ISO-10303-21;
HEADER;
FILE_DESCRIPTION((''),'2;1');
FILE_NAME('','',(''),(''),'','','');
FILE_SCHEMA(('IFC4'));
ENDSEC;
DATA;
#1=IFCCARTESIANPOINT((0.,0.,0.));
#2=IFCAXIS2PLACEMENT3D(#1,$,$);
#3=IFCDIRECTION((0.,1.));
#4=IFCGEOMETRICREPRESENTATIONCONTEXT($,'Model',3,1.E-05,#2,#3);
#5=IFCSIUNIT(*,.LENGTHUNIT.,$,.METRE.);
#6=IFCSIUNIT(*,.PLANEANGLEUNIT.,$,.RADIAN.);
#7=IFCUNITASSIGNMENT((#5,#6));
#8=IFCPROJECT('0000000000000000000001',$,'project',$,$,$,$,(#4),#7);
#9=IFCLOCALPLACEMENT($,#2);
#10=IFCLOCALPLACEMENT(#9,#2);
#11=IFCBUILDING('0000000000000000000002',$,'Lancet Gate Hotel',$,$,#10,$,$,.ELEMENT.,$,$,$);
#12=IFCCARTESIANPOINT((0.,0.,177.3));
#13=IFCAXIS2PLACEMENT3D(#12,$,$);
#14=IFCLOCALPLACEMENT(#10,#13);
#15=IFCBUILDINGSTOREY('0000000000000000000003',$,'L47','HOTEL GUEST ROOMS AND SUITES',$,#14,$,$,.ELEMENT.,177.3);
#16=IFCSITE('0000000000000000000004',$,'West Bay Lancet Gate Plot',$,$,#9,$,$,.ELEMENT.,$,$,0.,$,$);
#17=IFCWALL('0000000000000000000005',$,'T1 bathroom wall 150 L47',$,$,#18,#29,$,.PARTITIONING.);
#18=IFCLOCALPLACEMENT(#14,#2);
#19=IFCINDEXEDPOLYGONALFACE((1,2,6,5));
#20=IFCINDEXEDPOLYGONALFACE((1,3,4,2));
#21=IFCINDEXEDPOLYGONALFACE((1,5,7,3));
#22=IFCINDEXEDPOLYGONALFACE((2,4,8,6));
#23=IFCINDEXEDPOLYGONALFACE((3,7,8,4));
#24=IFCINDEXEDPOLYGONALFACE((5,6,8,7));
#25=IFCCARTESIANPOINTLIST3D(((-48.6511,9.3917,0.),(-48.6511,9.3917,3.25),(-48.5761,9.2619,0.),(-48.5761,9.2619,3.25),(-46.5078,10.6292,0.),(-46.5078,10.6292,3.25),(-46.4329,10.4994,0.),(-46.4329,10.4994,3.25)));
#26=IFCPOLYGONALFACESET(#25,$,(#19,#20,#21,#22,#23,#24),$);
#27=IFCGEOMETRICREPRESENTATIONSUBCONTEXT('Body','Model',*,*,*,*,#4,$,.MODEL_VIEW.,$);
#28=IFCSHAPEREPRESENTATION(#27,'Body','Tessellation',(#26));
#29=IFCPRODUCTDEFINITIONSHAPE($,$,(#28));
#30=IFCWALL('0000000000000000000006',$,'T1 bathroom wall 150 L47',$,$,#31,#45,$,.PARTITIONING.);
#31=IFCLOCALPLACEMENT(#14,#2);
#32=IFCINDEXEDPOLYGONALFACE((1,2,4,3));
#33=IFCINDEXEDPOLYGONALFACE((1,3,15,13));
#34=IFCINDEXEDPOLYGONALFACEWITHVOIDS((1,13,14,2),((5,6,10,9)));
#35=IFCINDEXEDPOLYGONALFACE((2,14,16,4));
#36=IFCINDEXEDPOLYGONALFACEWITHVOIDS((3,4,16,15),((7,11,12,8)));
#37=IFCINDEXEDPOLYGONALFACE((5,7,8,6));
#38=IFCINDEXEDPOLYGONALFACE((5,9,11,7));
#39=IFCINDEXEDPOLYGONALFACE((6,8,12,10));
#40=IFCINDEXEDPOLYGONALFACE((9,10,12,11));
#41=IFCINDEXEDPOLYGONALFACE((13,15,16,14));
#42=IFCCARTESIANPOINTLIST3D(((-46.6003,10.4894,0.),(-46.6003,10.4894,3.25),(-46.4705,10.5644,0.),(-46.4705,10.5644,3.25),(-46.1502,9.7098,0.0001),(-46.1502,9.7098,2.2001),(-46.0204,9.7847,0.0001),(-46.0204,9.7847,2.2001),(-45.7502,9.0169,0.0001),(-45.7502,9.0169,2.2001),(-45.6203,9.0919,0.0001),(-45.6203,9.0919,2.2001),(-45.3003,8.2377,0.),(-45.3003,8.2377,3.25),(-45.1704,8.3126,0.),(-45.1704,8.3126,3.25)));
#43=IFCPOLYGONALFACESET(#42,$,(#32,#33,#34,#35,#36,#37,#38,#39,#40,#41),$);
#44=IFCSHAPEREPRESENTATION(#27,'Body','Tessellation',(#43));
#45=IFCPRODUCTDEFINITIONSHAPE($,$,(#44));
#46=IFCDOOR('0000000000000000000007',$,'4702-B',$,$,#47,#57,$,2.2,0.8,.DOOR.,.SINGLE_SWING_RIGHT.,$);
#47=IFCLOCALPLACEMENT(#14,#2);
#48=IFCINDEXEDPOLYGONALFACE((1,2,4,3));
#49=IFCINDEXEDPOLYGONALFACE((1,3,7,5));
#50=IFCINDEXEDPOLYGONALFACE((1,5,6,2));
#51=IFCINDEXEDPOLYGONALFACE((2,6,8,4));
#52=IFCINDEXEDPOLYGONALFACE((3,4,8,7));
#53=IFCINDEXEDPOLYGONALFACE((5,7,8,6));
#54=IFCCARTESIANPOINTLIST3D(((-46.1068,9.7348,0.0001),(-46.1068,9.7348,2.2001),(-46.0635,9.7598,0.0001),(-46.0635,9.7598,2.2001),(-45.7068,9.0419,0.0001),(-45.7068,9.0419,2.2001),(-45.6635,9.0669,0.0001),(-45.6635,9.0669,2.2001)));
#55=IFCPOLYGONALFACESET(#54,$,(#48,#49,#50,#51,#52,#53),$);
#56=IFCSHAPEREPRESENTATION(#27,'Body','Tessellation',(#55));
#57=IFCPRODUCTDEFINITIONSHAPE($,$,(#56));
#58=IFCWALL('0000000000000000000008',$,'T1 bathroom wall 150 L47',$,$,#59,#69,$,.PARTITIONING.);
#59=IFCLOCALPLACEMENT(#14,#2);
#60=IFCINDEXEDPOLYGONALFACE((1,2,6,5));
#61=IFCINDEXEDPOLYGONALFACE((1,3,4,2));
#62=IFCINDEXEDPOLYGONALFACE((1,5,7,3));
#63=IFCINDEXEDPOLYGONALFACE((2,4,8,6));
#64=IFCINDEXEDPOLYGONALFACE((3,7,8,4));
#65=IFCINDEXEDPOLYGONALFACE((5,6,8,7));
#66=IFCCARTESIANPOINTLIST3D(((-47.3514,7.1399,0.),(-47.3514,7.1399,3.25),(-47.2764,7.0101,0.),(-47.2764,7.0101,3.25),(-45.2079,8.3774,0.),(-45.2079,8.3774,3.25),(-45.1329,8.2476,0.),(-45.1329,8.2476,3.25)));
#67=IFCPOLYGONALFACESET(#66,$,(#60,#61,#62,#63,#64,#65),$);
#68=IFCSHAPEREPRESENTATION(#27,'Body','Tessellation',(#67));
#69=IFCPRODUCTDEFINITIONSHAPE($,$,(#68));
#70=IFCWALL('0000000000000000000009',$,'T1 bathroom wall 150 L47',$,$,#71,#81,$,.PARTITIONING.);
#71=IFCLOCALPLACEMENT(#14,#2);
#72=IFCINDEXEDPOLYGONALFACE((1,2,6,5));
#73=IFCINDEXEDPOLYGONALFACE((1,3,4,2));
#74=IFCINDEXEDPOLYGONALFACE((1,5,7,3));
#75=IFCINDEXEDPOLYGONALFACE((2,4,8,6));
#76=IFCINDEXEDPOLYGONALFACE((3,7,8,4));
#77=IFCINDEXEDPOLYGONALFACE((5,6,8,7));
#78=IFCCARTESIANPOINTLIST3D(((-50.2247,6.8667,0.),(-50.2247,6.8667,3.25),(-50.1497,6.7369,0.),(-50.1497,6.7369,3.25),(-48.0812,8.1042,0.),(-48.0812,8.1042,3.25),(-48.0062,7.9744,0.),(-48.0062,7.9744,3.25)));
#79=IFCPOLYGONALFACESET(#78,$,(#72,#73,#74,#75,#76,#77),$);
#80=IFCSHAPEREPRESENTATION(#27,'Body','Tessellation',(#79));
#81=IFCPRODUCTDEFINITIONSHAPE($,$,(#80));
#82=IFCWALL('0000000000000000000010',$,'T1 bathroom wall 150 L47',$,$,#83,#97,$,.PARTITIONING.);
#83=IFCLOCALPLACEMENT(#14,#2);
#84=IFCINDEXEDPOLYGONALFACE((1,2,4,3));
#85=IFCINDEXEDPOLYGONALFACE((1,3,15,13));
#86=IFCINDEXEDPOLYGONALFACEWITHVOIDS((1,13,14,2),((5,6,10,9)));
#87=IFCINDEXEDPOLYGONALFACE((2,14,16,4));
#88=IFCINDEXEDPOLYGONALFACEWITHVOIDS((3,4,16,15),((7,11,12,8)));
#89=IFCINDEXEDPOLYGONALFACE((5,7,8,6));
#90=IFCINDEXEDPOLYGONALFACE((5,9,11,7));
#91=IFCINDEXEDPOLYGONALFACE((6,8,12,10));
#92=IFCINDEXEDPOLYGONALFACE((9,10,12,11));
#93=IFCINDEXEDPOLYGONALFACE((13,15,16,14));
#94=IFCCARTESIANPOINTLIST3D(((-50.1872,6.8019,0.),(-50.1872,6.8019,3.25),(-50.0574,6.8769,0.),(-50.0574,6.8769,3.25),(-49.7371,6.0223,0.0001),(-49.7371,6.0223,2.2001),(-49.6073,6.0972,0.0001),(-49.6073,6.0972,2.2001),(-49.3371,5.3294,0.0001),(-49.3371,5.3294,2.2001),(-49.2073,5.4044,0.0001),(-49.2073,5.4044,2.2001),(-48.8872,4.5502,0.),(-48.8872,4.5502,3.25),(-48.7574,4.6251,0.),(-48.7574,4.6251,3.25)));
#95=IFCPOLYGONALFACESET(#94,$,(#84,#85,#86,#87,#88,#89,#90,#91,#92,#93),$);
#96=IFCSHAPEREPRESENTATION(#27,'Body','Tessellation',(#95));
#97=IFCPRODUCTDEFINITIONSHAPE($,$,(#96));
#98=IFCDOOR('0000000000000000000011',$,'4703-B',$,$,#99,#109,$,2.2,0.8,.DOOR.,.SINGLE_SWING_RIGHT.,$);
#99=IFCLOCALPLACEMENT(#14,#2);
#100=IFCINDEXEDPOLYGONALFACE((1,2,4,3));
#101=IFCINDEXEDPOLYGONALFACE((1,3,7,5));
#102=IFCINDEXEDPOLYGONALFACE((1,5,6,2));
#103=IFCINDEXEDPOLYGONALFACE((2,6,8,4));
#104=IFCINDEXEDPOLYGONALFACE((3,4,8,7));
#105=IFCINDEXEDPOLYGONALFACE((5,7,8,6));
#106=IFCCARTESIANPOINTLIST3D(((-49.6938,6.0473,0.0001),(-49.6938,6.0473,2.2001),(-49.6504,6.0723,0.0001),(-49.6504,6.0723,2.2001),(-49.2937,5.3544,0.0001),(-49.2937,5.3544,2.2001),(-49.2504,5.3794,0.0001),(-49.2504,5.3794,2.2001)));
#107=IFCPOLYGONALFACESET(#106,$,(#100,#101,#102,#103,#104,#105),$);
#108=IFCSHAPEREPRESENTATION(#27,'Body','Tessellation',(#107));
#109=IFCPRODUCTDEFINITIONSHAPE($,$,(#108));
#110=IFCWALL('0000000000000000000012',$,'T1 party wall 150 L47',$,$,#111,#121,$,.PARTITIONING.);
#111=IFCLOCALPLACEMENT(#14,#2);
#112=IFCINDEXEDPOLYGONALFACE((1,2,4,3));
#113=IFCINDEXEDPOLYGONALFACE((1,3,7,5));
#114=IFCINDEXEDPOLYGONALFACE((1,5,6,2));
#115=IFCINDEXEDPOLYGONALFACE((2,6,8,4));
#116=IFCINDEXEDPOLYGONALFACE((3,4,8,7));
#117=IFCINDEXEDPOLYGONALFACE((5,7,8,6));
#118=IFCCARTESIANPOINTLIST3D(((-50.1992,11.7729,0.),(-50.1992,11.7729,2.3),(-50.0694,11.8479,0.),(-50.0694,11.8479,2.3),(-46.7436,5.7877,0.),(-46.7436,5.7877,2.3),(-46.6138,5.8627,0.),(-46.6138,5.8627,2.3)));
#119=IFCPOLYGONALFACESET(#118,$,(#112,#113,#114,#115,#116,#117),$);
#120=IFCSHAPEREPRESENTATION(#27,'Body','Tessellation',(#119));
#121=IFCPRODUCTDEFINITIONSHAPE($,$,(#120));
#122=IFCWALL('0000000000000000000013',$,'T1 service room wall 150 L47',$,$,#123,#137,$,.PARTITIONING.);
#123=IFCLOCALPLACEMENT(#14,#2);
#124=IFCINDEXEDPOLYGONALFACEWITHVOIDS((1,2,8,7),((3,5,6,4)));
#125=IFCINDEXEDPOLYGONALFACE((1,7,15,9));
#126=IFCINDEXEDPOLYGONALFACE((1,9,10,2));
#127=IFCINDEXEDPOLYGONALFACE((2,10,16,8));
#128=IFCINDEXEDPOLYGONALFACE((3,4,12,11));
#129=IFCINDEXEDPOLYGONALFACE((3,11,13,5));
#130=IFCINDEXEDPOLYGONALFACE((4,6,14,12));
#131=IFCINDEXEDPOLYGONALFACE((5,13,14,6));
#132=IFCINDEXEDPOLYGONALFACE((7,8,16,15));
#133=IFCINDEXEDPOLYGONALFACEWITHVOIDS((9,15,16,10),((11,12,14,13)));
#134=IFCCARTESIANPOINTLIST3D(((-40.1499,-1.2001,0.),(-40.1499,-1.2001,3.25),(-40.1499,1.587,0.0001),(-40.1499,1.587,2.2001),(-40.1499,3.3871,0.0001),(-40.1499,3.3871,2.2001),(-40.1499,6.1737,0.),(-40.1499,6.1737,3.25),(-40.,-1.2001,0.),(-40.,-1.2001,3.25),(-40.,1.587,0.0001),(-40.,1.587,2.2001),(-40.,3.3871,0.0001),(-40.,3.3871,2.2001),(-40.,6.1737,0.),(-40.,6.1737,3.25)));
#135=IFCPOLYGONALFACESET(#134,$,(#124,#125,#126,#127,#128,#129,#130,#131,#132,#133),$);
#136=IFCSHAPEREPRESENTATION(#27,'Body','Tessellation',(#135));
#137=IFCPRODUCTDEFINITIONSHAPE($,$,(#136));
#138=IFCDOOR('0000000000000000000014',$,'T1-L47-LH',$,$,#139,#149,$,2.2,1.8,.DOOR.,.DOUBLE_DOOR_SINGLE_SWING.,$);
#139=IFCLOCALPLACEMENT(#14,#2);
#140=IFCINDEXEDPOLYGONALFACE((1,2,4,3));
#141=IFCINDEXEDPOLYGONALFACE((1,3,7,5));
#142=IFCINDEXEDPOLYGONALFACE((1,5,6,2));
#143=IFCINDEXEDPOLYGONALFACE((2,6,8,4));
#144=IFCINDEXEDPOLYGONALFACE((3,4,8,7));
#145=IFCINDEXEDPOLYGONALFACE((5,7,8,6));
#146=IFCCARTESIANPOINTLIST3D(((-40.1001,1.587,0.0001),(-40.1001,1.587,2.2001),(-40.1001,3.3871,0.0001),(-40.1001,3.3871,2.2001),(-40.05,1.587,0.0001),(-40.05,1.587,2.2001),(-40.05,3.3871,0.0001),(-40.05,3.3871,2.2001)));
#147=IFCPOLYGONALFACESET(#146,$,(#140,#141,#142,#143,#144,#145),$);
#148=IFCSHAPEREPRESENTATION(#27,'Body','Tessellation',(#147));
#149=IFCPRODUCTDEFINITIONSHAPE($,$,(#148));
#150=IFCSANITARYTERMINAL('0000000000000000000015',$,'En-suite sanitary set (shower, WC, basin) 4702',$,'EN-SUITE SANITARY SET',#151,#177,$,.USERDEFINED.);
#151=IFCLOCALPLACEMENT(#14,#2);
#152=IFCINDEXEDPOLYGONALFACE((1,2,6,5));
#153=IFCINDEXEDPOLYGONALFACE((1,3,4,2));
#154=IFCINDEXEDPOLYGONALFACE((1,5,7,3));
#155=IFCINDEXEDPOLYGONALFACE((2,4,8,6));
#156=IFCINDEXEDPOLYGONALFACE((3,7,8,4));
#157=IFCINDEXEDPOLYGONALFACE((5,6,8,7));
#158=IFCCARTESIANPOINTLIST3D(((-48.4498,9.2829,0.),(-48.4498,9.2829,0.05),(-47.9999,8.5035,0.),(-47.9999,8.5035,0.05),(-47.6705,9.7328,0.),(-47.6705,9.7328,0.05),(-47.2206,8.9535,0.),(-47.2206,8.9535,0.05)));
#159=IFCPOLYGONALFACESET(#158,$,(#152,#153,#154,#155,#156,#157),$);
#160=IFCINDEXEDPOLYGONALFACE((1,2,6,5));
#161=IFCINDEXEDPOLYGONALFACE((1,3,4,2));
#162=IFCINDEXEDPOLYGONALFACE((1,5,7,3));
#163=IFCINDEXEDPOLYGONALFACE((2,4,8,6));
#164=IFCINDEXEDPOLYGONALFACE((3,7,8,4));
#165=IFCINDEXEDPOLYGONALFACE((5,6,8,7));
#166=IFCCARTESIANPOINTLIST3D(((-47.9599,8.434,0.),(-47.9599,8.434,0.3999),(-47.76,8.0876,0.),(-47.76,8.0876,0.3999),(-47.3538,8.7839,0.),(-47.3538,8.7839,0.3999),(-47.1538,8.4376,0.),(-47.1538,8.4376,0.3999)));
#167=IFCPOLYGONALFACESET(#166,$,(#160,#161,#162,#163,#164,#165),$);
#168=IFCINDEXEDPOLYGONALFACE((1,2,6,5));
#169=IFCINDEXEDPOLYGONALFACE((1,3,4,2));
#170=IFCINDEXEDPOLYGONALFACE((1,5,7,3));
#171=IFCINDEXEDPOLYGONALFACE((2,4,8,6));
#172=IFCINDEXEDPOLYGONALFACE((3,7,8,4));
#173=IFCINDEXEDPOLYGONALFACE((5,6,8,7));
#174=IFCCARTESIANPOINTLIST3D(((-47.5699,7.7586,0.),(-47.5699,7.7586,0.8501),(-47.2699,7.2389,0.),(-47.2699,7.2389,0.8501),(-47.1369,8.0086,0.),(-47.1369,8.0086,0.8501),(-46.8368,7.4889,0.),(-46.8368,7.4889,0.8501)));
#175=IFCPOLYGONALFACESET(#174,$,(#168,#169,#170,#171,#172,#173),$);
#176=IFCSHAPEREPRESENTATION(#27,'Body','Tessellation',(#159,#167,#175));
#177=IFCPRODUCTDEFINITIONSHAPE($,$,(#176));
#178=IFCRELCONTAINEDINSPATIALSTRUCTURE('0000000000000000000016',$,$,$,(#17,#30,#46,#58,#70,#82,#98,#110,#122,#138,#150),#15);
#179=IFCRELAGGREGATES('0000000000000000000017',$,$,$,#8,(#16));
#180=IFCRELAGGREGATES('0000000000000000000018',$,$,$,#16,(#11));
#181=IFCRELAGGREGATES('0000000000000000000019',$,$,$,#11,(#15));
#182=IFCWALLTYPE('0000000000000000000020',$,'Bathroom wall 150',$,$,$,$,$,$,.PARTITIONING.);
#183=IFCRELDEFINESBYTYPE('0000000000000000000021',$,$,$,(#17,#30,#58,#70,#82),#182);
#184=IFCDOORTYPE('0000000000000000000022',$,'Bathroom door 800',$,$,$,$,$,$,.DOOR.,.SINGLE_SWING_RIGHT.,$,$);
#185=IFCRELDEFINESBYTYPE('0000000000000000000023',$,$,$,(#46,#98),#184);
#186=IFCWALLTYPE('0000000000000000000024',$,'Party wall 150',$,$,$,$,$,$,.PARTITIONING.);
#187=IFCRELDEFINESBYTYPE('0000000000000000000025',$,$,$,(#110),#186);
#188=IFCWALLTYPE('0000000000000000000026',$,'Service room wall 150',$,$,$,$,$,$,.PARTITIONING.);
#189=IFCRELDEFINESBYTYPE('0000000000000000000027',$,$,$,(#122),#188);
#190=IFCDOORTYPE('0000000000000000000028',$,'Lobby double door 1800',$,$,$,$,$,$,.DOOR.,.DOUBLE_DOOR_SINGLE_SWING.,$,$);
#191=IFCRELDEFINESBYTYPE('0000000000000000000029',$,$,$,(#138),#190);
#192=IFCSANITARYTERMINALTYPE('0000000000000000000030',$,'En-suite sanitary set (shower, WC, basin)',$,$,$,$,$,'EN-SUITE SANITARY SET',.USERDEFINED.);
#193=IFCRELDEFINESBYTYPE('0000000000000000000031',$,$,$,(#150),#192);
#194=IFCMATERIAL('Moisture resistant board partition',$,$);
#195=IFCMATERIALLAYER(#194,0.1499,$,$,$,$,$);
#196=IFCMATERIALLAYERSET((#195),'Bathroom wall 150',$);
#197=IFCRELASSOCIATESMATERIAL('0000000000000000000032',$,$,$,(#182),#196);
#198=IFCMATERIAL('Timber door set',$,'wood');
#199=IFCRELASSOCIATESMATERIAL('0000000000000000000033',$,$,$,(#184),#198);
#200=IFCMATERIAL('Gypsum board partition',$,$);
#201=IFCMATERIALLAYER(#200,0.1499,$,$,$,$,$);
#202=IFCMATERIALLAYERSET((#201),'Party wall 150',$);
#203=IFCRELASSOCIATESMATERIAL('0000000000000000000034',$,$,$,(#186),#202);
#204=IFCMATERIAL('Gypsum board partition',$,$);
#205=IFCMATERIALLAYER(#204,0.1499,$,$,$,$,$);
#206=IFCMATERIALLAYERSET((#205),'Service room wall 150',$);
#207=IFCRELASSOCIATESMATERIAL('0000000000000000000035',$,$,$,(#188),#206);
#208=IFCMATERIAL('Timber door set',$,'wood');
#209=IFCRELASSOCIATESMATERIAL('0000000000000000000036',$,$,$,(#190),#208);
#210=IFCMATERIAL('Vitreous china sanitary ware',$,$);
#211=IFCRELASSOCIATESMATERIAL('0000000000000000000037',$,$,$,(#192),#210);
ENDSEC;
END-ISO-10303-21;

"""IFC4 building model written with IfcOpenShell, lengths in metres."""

from ifc_helpers import new_model, si_unit, direction, frame, frame_2d, origin, origin_2d, place, context, subcontext, project, spatial, rectangle, extrude, material, layer, layer_set, type_object, element, fill, save


model = new_model("IFC4")

# Units and contexts
model_context = context("Model", 3, precision=1e-05, world=origin(), true_north=direction((0.0, 1.0)))
body_context = subcontext(model_context, "Body", "Model", "MODEL_VIEW")
ifc_project = project(units=[si_unit("LENGTHUNIT", "METRE"), si_unit("PLANEANGLEUNIT", "RADIAN")], contexts=[model_context])

# Site, building, storey
site_placement = place(None, origin())
site = spatial("IfcSite", under=ifc_project, at=site_placement, Name="West Bay Lancet Gate Plot", CompositionType="ELEMENT", RefElevation=0.0)
building_placement = place(site_placement, origin())
building = spatial("IfcBuilding", under=site, at=building_placement, Name="Lancet Gate Hotel", CompositionType="ELEMENT")
storey_placement = place(building_placement, frame((0.0, 0.0, 177.3)))
storey = spatial("IfcBuildingStorey", under=building, at=storey_placement, Name="L47", Description="HOTEL GUEST ROOMS AND SUITES", CompositionType="ELEMENT", Elevation=177.3)

# Wall
ifc_material_1 = material(Name="Moisture resistant board partition")
ifc_layer_1 = layer(ifc_material_1, 0.1499)
ifc_layer_set_1 = layer_set([ifc_layer_1], Name="Bathroom wall 150")
wall_type_1 = type_object("IfcWallType", Name="Bathroom wall 150", PredefinedType="PARTITIONING", material=ifc_layer_set_1)
wall_1_placement = place(storey_placement, frame((-46.4705, 10.5642, 0.0), z_axis=(0.0, 0.0, 1.0), x_axis=(-0.866007, -0.500033, 0.0)))
element("IfcWall", 1, at=wall_1_placement, inside=storey, type_object=wall_type_1, Name="T1 bathroom wall 150 L47", PredefinedType="PARTITIONING", context=body_context, shape_type="SweptSolid", body=[
    extrude(rectangle(XDim=2.4749, YDim=0.1499, at=frame_2d((1.2373, 0.0))), origin(), (0.0, 0.0, 1.0), 3.25),
])

# Wall, opening, door
wall_2_placement = place(storey_placement, frame((-45.2354, 8.2751, 0.0), z_axis=(0.0, 0.0, 1.0), x_axis=(-0.500007, 0.866021, 0.0)))
wall_2 = element("IfcWall", 2, at=wall_2_placement, inside=storey, type_object=wall_type_1, Name="T1 bathroom wall 150 L47", PredefinedType="PARTITIONING", context=body_context, shape_type="SweptSolid", body=[
    extrude(rectangle(XDim=2.6001, YDim=0.1499, at=frame_2d((1.3, 0.0))), origin(), (0.0, 0.0, 1.0), 3.25),
])
opening_1_placement = place(wall_2_placement, frame((0.8999, 0.0, 0.0)))
opening_1 = element("IfcOpeningElement", 3, at=opening_1_placement, cuts=wall_2, PredefinedType="OPENING", context=body_context, shape_type="SweptSolid", body=[
    extrude(rectangle(XDim=0.8, YDim=2.2, at=frame_2d((0.3999, 1.1001))), frame((0.0, 0.085, 0.0), z_axis=(0.0, -1.0, 0.0), x_axis=(1.0, 0.0, 0.0)), (0.0, 0.0, 1.0), 0.1699),
])
ifc_material_2 = material(Name="Timber door set", Category="wood")
door_type_1 = type_object("IfcDoorType", Name="Bathroom door 800", OperationType="SINGLE_SWING_RIGHT", PredefinedType="DOOR", material=ifc_material_2)
door_1_placement = place(opening_1_placement, origin())
door_1 = element("IfcDoor", 4, at=door_1_placement, inside=storey, type_object=door_type_1, Name="4702-B", OperationType="SINGLE_SWING_RIGHT", OverallHeight=2.2, OverallWidth=0.8, PredefinedType="DOOR", context=body_context, shape_type="SweptSolid", body=[
    extrude(rectangle(XDim=0.8, YDim=2.2, at=frame_2d((0.3999, 1.1001))), frame((0.0, 0.0249, 0.0), z_axis=(0.0, -1.0, 0.0), x_axis=(1.0, 0.0, 0.0)), (0.0, 0.0, 1.0), 0.05),
])
fill(opening_1, door_1)

# Walls
for number, where, z_axis, x_axis, name in (
    (5, (-45.1704, 8.3125, 0.0), (0.0, 0.0, 1.0), (-0.866031, -0.49999, 0.0), "T1 bathroom wall 150 L47"),
    (6, (-48.0437, 8.0393, 0.0), (0.0, 0.0, 1.0), (-0.866031, -0.49999, 0.0), "T1 bathroom wall 150 L47"),
):
    element("IfcWall", number, at=place(storey_placement, frame(where, z_axis=z_axis, x_axis=x_axis)), inside=storey, type_object=wall_type_1, Name=name, PredefinedType="PARTITIONING", context=body_context, shape_type="SweptSolid", body=[
        extrude(rectangle(XDim=2.4751, YDim=0.1499, at=frame_2d((1.2375, 0.0))), origin(), (0.0, 0.0, 1.0), 3.25),
    ])

# Wall, opening, door
wall_3_placement = place(storey_placement, frame((-48.8223, 4.5876, 0.0), z_axis=(0.0, 0.0, 1.0), x_axis=(-0.500007, 0.866021, 0.0)))
wall_3 = element("IfcWall", 7, at=wall_3_placement, inside=storey, type_object=wall_type_1, Name="T1 bathroom wall 150 L47", PredefinedType="PARTITIONING", context=body_context, shape_type="SweptSolid", body=[
    extrude(rectangle(XDim=2.6001, YDim=0.1499, at=frame_2d((1.3, 0.0))), origin(), (0.0, 0.0, 1.0), 3.25),
])
opening_2_placement = place(wall_3_placement, frame((0.8999, 0.0, 0.0)))
opening_2 = element("IfcOpeningElement", 8, at=opening_2_placement, cuts=wall_3, PredefinedType="OPENING", context=body_context, shape_type="SweptSolid", body=[
    extrude(rectangle(XDim=0.8, YDim=2.2, at=frame_2d((0.3999, 1.1001))), frame((0.0, 0.085, 0.0), z_axis=(0.0, -1.0, 0.0), x_axis=(1.0, 0.0, 0.0)), (0.0, 0.0, 1.0), 0.1699),
])
door_2_placement = place(opening_2_placement, origin())
door_2 = element("IfcDoor", 9, at=door_2_placement, inside=storey, type_object=door_type_1, Name="4703-B", OperationType="SINGLE_SWING_RIGHT", OverallHeight=2.2, OverallWidth=0.8, PredefinedType="DOOR", context=body_context, shape_type="SweptSolid", body=[
    extrude(rectangle(XDim=0.8, YDim=2.2, at=frame_2d((0.3999, 1.1001))), frame((0.0, 0.0249, 0.0), z_axis=(0.0, -1.0, 0.0), x_axis=(1.0, 0.0, 0.0)), (0.0, 0.0, 1.0), 0.05),
])
fill(opening_2, door_2)

# Wall
ifc_material_3 = material(Name="Gypsum board partition")
ifc_layer_2 = layer(ifc_material_3, 0.1499)
ifc_layer_set_2 = layer_set([ifc_layer_2], Name="Party wall 150")
wall_type_2 = type_object("IfcWallType", Name="Party wall 150", PredefinedType="PARTITIONING", material=ifc_layer_set_2)
wall_4_placement = place(storey_placement, frame((-46.6787, 5.8252, 0.0), z_axis=(0.0, 0.0, 1.0), x_axis=(-0.500007, 0.866021, 0.0)))
element("IfcWall", 10, at=wall_4_placement, inside=storey, type_object=wall_type_2, Name="T1 party wall 150 L47", PredefinedType="PARTITIONING", context=body_context, shape_type="SweptSolid", body=[
    extrude(rectangle(XDim=6.9111, YDim=0.1499, at=frame_2d((3.4556, 0.0))), origin(), (0.0, 0.0, 1.0), 2.3),
])

# Wall, opening, door
ifc_material_4 = material(Name="Gypsum board partition")
ifc_layer_3 = layer(ifc_material_4, 0.1499)
ifc_layer_set_3 = layer_set([ifc_layer_3], Name="Service room wall 150")
wall_type_3 = type_object("IfcWallType", Name="Service room wall 150", PredefinedType="PARTITIONING", material=ifc_layer_set_3)
wall_5_placement = place(storey_placement, frame((-40.075, 6.1738, 0.0), z_axis=(0.0, 0.0, 1.0), x_axis=(0.0, -1.0, 0.0)))
wall_5 = element("IfcWall", 11, at=wall_5_placement, inside=storey, type_object=wall_type_3, Name="T1 service room wall 150 L47", PredefinedType="PARTITIONING", context=body_context, shape_type="SweptSolid", body=[
    extrude(rectangle(XDim=7.3738, YDim=0.1499, at=frame_2d((3.687, 0.0))), origin(), (0.0, 0.0, 1.0), 3.25),
])
opening_3_placement = place(wall_5_placement, frame((2.7869, 0.0, 0.0)))
opening_3 = element("IfcOpeningElement", 12, at=opening_3_placement, cuts=wall_5, PredefinedType="OPENING", context=body_context, shape_type="SweptSolid", body=[
    extrude(rectangle(XDim=1.8, YDim=2.2, at=frame_2d((0.8999, 1.1001))), frame((0.0, 0.085, 0.0), z_axis=(0.0, -1.0, 0.0), x_axis=(1.0, 0.0, 0.0)), (0.0, 0.0, 1.0), 0.1699),
])
ifc_material_5 = material(Name="Timber door set", Category="wood")
door_type_2 = type_object("IfcDoorType", Name="Lobby double door 1800", OperationType="DOUBLE_DOOR_SINGLE_SWING", PredefinedType="DOOR", material=ifc_material_5)
door_3_placement = place(opening_3_placement, origin())
door_3 = element("IfcDoor", 13, at=door_3_placement, inside=storey, type_object=door_type_2, Name="T1-L47-LH", OperationType="DOUBLE_DOOR_SINGLE_SWING", OverallHeight=2.2, OverallWidth=1.8, PredefinedType="DOOR", context=body_context, shape_type="SweptSolid", body=[
    extrude(rectangle(XDim=1.8, YDim=2.2, at=frame_2d((0.8999, 1.1001))), frame((0.0, 0.0249, 0.0), z_axis=(0.0, -1.0, 0.0), x_axis=(1.0, 0.0, 0.0)), (0.0, 0.0, 1.0), 0.05),
])
fill(opening_3, door_3)

# Sanitary terminal
ifc_material_6 = material(Name="Vitreous china sanitary ware")
sanitary_terminal_type = type_object("IfcSanitaryTerminalType", Name="En-suite sanitary set (shower, WC, basin)", ElementType="EN-SUITE SANITARY SET", PredefinedType="USERDEFINED", material=ifc_material_6)
sanitary_terminal_1_placement = place(storey_placement, frame((-47.8352, 9.1182, 0.0), z_axis=(0.0, 0.0, 1.0), x_axis=(1.0, 0.0, 0.0)))
element("IfcSanitaryTerminal", 14, at=sanitary_terminal_1_placement, inside=storey, type_object=sanitary_terminal_type, Name="En-suite sanitary set (shower, WC, basin) 4702", ObjectType="EN-SUITE SANITARY SET", PredefinedType="USERDEFINED", context=body_context, shape_type="SweptSolid", body=[
    extrude(rectangle(XDim=0.8999, YDim=0.8999, at=origin_2d()), frame((0.0, 0.0, 0.0), z_axis=(0.0, 0.0, 1.0), x_axis=(-0.5, 0.866025, 0.0)), (0.0, 0.0, 1.0), 0.05),
    extrude(rectangle(XDim=0.3999, YDim=0.7, at=origin_2d()), frame((0.2783, -0.6824, 0.0), z_axis=(0.0, 0.0, 1.0), x_axis=(-0.5, 0.866025, 0.0)), (0.0, 0.0, 1.0), 0.3999),
    extrude(rectangle(XDim=0.6001, YDim=0.5, at=origin_2d()), frame((0.6318, -1.4944, 0.0), z_axis=(0.0, 0.0, 1.0), x_axis=(-0.5, 0.866025, 0.0)), (0.0, 0.0, 1.0), 0.8501),
])

save(model, "model.ifc")
